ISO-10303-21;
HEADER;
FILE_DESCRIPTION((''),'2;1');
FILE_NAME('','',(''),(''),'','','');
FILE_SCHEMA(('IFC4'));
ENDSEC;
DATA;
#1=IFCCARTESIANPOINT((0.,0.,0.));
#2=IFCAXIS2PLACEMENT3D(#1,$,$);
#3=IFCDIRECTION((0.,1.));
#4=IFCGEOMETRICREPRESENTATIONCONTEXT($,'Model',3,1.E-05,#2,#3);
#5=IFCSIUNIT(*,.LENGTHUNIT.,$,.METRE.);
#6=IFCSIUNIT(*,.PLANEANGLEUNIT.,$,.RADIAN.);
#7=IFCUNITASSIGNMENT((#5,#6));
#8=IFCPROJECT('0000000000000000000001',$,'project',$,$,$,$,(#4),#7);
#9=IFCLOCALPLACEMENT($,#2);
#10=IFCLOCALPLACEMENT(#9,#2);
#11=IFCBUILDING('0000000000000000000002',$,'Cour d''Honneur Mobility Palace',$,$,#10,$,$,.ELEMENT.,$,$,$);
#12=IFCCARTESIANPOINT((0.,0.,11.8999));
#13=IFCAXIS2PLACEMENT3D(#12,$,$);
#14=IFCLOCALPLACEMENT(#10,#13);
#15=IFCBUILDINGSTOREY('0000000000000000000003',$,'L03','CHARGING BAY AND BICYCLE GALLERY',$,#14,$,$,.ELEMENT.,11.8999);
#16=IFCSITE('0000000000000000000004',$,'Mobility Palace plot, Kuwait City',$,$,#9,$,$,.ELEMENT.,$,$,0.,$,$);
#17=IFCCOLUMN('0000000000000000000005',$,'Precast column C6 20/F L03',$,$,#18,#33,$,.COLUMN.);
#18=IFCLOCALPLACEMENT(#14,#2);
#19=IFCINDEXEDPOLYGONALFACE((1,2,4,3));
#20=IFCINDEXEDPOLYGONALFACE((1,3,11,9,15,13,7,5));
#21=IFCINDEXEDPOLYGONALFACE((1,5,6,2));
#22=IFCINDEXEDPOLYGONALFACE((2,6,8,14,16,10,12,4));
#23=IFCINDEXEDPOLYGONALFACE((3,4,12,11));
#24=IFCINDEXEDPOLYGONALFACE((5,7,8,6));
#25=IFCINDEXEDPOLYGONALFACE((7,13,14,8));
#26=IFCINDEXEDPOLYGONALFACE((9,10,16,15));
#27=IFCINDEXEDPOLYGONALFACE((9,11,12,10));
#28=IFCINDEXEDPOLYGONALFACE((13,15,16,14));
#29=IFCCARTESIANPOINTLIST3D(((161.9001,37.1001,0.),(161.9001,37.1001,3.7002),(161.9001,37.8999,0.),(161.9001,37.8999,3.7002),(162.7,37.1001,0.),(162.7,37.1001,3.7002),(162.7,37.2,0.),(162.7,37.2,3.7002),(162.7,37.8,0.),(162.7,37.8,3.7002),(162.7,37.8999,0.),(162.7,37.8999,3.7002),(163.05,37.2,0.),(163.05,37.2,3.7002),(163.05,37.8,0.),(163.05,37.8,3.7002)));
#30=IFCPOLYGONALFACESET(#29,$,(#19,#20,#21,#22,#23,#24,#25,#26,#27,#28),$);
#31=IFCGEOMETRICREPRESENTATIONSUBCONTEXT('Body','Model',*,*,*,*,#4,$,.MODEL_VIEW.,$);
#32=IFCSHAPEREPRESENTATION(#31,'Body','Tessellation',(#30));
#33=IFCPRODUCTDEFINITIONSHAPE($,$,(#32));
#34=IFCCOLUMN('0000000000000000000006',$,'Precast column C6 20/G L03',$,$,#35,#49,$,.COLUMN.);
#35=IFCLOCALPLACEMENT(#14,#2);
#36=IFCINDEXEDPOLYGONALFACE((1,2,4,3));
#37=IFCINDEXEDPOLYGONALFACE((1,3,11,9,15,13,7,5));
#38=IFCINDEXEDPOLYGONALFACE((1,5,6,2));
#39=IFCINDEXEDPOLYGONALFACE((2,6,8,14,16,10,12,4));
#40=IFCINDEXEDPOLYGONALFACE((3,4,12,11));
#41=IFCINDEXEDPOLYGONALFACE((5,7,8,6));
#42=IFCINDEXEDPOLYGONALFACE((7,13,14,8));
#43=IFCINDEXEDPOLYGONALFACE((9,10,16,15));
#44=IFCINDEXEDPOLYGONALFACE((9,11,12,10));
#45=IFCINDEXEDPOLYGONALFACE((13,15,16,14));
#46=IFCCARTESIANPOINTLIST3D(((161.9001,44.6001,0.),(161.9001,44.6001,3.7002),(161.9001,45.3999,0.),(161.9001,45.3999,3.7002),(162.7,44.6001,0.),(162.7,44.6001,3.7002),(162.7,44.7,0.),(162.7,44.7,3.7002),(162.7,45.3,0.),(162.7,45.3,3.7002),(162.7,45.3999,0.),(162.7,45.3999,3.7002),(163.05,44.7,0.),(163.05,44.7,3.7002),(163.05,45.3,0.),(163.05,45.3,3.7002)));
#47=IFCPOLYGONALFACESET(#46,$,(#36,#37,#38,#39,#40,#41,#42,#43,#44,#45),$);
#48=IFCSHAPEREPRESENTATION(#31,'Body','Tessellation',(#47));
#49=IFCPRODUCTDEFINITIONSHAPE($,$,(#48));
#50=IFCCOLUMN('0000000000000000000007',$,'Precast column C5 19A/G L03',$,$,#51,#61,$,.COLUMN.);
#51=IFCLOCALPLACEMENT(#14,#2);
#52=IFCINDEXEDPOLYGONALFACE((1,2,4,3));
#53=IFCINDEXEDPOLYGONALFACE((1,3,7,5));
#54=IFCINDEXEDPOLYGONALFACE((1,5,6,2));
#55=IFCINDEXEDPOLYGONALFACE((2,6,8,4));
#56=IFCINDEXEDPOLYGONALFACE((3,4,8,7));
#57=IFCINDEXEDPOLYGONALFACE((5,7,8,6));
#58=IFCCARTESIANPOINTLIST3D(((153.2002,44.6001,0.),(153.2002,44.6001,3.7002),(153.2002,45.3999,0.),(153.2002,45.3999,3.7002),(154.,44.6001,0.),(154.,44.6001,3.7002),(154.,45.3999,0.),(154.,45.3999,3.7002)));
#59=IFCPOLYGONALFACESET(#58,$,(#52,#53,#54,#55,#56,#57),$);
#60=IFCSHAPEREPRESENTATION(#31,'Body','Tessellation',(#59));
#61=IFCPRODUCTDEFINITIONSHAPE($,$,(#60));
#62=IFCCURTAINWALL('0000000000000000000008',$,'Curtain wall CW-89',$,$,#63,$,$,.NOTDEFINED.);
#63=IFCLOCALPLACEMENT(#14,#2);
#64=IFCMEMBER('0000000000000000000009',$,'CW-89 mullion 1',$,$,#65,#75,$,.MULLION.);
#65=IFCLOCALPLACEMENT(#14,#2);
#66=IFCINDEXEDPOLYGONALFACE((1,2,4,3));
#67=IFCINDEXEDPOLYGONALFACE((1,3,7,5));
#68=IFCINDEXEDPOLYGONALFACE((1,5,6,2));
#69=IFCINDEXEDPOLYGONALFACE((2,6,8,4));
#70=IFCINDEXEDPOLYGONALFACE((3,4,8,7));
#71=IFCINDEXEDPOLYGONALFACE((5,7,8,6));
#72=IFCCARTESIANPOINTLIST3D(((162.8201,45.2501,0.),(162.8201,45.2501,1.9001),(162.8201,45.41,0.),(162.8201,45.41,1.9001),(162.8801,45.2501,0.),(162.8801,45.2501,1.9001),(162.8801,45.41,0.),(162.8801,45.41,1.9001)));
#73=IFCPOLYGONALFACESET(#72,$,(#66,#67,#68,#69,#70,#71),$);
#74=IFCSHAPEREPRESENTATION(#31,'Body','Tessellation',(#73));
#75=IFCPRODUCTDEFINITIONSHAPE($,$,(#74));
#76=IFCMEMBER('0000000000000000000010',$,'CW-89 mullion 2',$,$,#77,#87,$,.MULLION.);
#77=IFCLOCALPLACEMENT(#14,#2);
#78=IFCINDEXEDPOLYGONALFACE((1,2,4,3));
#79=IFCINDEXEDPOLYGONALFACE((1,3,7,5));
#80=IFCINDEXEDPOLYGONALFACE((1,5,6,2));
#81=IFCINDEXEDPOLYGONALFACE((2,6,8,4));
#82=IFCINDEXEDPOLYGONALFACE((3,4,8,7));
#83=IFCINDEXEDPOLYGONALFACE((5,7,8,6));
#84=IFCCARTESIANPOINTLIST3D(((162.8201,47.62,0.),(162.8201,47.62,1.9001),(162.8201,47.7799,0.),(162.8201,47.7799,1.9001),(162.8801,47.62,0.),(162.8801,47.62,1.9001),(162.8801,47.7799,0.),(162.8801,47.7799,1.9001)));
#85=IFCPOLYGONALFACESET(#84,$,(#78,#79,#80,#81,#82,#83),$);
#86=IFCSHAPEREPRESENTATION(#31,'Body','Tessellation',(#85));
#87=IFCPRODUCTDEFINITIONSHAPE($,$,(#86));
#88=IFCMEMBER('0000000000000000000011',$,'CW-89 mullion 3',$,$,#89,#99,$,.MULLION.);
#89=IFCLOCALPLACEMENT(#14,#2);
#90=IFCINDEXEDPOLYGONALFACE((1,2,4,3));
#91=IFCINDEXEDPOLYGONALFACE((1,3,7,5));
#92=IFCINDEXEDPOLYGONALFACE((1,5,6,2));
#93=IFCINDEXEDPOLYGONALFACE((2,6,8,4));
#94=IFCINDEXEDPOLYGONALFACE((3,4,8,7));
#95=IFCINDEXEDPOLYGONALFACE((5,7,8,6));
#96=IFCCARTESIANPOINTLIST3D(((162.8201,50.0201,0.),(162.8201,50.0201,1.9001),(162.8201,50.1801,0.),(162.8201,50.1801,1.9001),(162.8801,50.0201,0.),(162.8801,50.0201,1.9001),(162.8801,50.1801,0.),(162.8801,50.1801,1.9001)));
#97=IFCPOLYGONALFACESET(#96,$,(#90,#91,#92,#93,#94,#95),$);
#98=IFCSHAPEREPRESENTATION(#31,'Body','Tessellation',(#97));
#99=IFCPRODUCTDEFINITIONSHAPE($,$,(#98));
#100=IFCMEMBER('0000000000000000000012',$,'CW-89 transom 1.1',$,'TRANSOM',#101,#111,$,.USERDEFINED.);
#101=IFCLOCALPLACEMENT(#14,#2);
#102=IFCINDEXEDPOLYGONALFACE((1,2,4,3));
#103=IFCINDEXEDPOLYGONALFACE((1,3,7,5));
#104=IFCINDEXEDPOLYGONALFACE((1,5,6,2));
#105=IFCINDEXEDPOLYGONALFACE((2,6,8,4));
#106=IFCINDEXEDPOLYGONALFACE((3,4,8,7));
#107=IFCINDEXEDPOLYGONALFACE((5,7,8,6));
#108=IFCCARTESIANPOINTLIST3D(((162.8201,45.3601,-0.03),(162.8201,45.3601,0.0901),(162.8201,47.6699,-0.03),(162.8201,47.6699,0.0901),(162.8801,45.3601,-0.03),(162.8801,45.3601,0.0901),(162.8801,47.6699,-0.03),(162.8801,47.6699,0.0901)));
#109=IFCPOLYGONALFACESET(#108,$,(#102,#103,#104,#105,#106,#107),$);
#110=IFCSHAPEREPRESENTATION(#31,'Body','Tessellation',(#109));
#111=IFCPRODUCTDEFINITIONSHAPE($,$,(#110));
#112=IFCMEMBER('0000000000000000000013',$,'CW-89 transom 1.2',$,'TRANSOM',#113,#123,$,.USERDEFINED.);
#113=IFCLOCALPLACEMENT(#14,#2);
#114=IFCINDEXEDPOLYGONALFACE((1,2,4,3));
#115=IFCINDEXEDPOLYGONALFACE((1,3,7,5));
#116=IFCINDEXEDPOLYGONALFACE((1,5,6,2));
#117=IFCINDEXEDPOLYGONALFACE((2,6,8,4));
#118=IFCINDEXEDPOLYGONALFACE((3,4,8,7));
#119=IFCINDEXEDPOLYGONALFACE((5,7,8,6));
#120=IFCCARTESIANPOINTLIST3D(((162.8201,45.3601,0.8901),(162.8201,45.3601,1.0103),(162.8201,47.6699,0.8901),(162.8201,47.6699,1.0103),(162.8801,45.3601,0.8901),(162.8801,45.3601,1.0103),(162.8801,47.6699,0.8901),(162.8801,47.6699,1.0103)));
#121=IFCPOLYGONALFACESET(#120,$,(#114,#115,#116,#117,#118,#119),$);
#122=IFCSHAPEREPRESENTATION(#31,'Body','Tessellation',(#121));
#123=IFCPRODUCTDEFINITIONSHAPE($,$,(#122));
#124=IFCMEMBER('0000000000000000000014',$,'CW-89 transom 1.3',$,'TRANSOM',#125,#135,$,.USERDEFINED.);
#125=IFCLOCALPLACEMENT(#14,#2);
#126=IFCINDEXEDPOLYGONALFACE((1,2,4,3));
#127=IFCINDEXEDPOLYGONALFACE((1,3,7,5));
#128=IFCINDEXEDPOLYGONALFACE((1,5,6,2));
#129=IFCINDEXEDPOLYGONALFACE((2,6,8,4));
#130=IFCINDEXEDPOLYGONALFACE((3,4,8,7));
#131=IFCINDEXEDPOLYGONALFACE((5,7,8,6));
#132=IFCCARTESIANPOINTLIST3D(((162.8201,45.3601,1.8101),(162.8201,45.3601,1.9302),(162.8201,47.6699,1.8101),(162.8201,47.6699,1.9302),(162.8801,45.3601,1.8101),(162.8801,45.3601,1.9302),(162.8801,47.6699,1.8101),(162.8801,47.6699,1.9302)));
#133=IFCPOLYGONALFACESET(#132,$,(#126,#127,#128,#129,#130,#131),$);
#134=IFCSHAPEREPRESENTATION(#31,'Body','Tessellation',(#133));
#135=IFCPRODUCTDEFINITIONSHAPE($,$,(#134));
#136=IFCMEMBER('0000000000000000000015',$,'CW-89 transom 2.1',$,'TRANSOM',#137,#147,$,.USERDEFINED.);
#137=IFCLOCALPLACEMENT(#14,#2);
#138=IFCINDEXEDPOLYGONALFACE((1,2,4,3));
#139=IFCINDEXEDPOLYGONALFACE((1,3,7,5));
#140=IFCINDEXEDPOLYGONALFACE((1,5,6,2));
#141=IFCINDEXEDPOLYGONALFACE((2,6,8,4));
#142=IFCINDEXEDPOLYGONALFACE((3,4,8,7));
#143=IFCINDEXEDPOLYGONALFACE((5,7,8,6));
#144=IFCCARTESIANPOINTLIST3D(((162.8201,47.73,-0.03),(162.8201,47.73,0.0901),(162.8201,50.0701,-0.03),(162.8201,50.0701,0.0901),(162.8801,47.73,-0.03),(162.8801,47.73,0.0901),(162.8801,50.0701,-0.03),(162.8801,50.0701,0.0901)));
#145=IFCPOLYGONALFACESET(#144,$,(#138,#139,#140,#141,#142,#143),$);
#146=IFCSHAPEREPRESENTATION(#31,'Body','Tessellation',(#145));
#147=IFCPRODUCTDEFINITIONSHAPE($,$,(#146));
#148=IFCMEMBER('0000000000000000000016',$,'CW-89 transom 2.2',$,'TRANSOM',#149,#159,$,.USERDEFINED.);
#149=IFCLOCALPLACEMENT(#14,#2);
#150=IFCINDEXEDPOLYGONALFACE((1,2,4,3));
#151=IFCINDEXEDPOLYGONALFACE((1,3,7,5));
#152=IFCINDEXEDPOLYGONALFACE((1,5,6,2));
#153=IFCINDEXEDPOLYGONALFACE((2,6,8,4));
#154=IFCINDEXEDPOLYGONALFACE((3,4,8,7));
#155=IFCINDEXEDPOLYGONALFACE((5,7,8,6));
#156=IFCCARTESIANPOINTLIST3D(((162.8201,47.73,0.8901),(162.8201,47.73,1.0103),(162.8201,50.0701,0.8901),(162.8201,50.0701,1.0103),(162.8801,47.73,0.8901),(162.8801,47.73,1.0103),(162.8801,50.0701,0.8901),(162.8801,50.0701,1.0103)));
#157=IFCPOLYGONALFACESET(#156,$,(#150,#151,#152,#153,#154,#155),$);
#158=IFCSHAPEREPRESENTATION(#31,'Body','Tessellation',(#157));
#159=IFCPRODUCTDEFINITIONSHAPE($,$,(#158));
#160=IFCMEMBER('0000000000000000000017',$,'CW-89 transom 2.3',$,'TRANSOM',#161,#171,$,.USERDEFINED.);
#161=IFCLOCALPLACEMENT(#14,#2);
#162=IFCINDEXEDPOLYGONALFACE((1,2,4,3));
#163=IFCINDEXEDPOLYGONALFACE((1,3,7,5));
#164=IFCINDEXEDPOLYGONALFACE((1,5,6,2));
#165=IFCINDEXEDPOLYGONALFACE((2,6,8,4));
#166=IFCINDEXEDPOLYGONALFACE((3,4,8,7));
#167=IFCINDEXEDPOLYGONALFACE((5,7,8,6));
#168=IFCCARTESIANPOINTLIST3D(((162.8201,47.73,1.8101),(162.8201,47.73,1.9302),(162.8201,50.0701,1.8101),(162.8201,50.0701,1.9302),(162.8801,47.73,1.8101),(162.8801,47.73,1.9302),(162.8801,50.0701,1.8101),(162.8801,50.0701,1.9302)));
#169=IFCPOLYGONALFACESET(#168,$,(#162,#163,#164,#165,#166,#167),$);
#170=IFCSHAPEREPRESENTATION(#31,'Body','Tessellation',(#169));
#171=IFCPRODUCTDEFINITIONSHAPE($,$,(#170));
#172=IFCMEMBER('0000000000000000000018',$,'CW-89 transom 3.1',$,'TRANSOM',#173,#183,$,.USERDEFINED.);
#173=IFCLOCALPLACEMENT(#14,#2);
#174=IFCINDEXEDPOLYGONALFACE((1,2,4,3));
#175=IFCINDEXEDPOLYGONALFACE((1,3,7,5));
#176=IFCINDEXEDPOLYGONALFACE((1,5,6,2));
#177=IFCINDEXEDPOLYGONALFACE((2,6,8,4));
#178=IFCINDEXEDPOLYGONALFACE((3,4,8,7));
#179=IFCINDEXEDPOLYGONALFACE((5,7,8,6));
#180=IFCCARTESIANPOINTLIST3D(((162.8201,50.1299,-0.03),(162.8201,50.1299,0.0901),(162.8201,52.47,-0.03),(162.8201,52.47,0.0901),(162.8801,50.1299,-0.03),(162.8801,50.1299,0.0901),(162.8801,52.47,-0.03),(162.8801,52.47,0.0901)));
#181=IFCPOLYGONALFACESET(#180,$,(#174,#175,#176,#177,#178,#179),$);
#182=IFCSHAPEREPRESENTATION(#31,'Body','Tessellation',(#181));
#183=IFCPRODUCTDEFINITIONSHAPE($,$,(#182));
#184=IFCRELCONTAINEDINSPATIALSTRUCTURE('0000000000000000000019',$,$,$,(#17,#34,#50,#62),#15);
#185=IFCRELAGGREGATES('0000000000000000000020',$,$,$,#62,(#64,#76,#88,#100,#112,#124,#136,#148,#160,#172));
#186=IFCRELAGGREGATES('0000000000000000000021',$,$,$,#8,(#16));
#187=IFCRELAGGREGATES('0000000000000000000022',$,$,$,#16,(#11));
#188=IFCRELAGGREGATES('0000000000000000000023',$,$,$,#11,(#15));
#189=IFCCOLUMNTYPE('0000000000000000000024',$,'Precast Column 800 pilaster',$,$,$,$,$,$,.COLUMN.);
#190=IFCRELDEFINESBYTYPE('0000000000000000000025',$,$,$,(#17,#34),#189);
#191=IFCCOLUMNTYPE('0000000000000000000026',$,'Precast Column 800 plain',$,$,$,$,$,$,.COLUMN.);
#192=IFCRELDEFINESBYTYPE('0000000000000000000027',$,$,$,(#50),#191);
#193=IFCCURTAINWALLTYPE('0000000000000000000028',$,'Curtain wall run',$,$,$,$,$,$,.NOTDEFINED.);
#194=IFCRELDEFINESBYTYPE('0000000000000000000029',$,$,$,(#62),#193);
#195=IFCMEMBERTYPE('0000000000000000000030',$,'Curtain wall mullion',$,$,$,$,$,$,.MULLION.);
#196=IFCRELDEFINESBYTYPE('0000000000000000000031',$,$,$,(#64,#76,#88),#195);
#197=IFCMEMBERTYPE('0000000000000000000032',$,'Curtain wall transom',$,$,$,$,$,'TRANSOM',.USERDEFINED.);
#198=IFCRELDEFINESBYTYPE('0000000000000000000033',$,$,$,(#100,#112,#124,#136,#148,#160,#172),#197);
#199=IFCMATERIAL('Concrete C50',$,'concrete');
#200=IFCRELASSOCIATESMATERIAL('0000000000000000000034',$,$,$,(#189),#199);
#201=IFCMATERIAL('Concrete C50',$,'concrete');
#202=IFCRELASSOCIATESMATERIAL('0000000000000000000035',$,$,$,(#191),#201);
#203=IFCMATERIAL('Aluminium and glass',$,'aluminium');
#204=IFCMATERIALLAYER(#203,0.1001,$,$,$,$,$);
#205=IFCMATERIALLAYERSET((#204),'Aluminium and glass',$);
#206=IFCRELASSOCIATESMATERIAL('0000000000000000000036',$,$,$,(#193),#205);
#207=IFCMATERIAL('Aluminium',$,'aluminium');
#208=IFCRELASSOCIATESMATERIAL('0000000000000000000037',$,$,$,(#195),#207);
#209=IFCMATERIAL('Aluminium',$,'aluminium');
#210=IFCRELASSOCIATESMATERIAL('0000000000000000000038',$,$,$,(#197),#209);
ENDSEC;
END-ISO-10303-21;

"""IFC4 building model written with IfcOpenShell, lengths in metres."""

from ifc_helpers import new_model, si_unit, direction, frame, origin, origin_2d, place, context, subcontext, project, spatial, polyline, rectangle, outline, extrude, material, layer, layer_set, material_profile, profile_set, type_object, element, aggregate, save


model = new_model("IFC4")

# Units and contexts
model_context = context("Model", 3, precision=1e-05, world=origin(), true_north=direction((0.0, 1.0)))
body_context = subcontext(model_context, "Body", "Model", "MODEL_VIEW")
ifc_project = project(units=[si_unit("LENGTHUNIT", "METRE"), si_unit("PLANEANGLEUNIT", "RADIAN")], contexts=[model_context])

# Site, building, storey
site_placement = place(None, origin())
site = spatial("IfcSite", under=ifc_project, at=site_placement, Name="Mobility Palace plot, Kuwait City", CompositionType="ELEMENT", RefElevation=0.0)
building_placement = place(site_placement, origin())
building = spatial("IfcBuilding", under=site, at=building_placement, Name="Cour d'Honneur Mobility Palace", CompositionType="ELEMENT")
storey_placement = place(building_placement, frame((0.0, 0.0, 11.8999)))
storey = spatial("IfcBuildingStorey", under=building, at=storey_placement, Name="L03", Description="CHARGING BAY AND BICYCLE GALLERY", CompositionType="ELEMENT", Elevation=11.8999)

# Columns
ifc_material_1 = material(Name="Concrete C50", Category="concrete")
ifc_material_profile_1 = material_profile(ifc_material_1, outline(polyline([(-0.3999, -0.3999), (0.3999, -0.3999), (0.3999, -0.3), (0.75, -0.3), (0.75, 0.3), (0.3999, 0.3), (0.3999, 0.3999), (-0.3999, 0.3999), (-0.3999, -0.3999)])), Name="PC C800 pilaster")
ifc_profile_set_1 = profile_set([ifc_material_profile_1], Name="Concrete C50")
column_type_1 = type_object("IfcColumnType", Name="Precast Column 800 pilaster", PredefinedType="COLUMN", material=ifc_profile_set_1)
for number, where, z_axis, x_axis, name in (
    (1, (162.3, 37.5, 0.0), (0.0, 0.0, 1.0), (1.0, 0.0, 0.0), "Precast column C6 20/F L03"),
    (2, (162.3, 45.0, 0.0), (0.0, 0.0, 1.0), (1.0, 0.0, 0.0), "Precast column C6 20/G L03"),
):
    element("IfcColumn", number, at=place(storey_placement, frame(where, z_axis=z_axis, x_axis=x_axis)), inside=storey, type_object=column_type_1, Name=name, PredefinedType="COLUMN", context=body_context, shape_type="SweptSolid", body=[
        extrude(outline(polyline([(-0.3999, -0.3999), (0.3999, -0.3999), (0.3999, -0.3), (0.75, -0.3), (0.75, 0.3), (0.3999, 0.3), (0.3999, 0.3999), (-0.3999, 0.3999), (-0.3999, -0.3999)])), origin(), (0.0, 0.0, 1.0), 3.7002),
    ])
ifc_material_2 = material(Name="Concrete C50", Category="concrete")
ifc_material_profile_2 = material_profile(ifc_material_2, outline(polyline([(-0.3999, -0.3999), (0.3999, -0.3999), (0.3999, 0.3999), (-0.3999, 0.3999), (-0.3999, -0.3999)])), Name="PC C800 plain")
ifc_profile_set_2 = profile_set([ifc_material_profile_2], Name="Concrete C50")
column_type_2 = type_object("IfcColumnType", Name="Precast Column 800 plain", PredefinedType="COLUMN", material=ifc_profile_set_2)
column_placement = place(storey_placement, frame((153.6001, 45.0, 0.0), z_axis=(0.0, 0.0, 1.0), x_axis=(1.0, 0.0, 0.0)))
element("IfcColumn", 3, at=column_placement, inside=storey, type_object=column_type_2, Name="Precast column C5 19A/G L03", PredefinedType="COLUMN", context=body_context, shape_type="SweptSolid", body=[
    extrude(outline(polyline([(-0.3999, -0.3999), (0.3999, -0.3999), (0.3999, 0.3999), (-0.3999, 0.3999), (-0.3999, -0.3999)])), origin(), (0.0, 0.0, 1.0), 3.7002),
])

# Curtain wall, members
ifc_material_3 = material(Name="Aluminium and glass", Category="aluminium")
ifc_layer_1 = layer(ifc_material_3, 0.1001)
ifc_layer_set_1 = layer_set([ifc_layer_1], Name="Aluminium and glass")
curtain_wall_type = type_object("IfcCurtainWallType", Name="Curtain wall run", PredefinedType="NOTDEFINED", material=ifc_layer_set_1)
curtain_wall_placement = place(storey_placement, origin())
curtain_wall = element("IfcCurtainWall", 4, at=curtain_wall_placement, inside=storey, type_object=curtain_wall_type, Name="Curtain wall CW-89", PredefinedType="NOTDEFINED")
ifc_material_4 = material(Name="Aluminium", Category="aluminium")
ifc_material_profile_3 = material_profile(ifc_material_4, rectangle(XDim=0.0601, YDim=0.1599, at=origin_2d()), Name="Curtain wall mullion")
ifc_profile_set_3 = profile_set([ifc_material_profile_3], Name="Aluminium")
member_type_1 = type_object("IfcMemberType", Name="Curtain wall mullion", PredefinedType="MULLION", material=ifc_profile_set_3)
member_1_placement = place(storey_placement, frame((162.8501, 45.3301, 0.0), z_axis=(0.0, 0.0, 1.0), x_axis=(-1.0, 0.0, 0.0)))
member_1 = element("IfcMember", 5, at=member_1_placement, type_object=member_type_1, Name="CW-89 mullion 1", PredefinedType="MULLION", context=body_context, shape_type="SweptSolid", body=[
    extrude(rectangle(XDim=0.0601, YDim=0.1599, at=origin_2d()), origin(), (0.0, 0.0, 1.0), 1.9001),
])
member_2_placement = place(storey_placement, frame((162.8501, 47.7, 0.0), z_axis=(0.0, 0.0, 1.0), x_axis=(-1.0, 0.0, 0.0)))
member_2 = element("IfcMember", 6, at=member_2_placement, type_object=member_type_1, Name="CW-89 mullion 2", PredefinedType="MULLION", context=body_context, shape_type="SweptSolid", body=[
    extrude(rectangle(XDim=0.0601, YDim=0.1599, at=origin_2d()), origin(), (0.0, 0.0, 1.0), 1.9001),
])
member_3_placement = place(storey_placement, frame((162.8501, 50.1001, 0.0), z_axis=(0.0, 0.0, 1.0), x_axis=(-1.0, 0.0, 0.0)))
member_3 = element("IfcMember", 7, at=member_3_placement, type_object=member_type_1, Name="CW-89 mullion 3", PredefinedType="MULLION", context=body_context, shape_type="SweptSolid", body=[
    extrude(rectangle(XDim=0.0601, YDim=0.1599, at=origin_2d()), origin(), (0.0, 0.0, 1.0), 1.9001),
])
ifc_material_5 = material(Name="Aluminium", Category="aluminium")
ifc_material_profile_4 = material_profile(ifc_material_5, rectangle(XDim=0.0601, YDim=0.1201, at=origin_2d()), Name="Curtain wall transom")
ifc_profile_set_4 = profile_set([ifc_material_profile_4], Name="Aluminium")
member_type_2 = type_object("IfcMemberType", Name="Curtain wall transom", ElementType="TRANSOM", PredefinedType="USERDEFINED", material=ifc_profile_set_4)
member_4_placement = place(storey_placement, frame((162.8501, 45.3601, 0.03), z_axis=(0.0, 1.0, 0.0), x_axis=(-1.0, 0.0, 0.0)))
member_4 = element("IfcMember", 8, at=member_4_placement, type_object=member_type_2, Name="CW-89 transom 1.1", ObjectType="TRANSOM", PredefinedType="USERDEFINED", context=body_context, shape_type="SweptSolid", body=[
    extrude(rectangle(XDim=0.0601, YDim=0.1201, at=origin_2d()), origin(), (0.0, 0.0, 1.0), 2.3098),
])
member_5_placement = place(storey_placement, frame((162.8501, 45.3601, 0.9502), z_axis=(0.0, 1.0, 0.0), x_axis=(-1.0, 0.0, 0.0)))
member_5 = element("IfcMember", 9, at=member_5_placement, type_object=member_type_2, Name="CW-89 transom 1.2", ObjectType="TRANSOM", PredefinedType="USERDEFINED", context=body_context, shape_type="SweptSolid", body=[
    extrude(rectangle(XDim=0.0601, YDim=0.1201, at=origin_2d()), origin(), (0.0, 0.0, 1.0), 2.3098),
])
member_6_placement = place(storey_placement, frame((162.8501, 45.3601, 1.8701), z_axis=(0.0, 1.0, 0.0), x_axis=(-1.0, 0.0, 0.0)))
member_6 = element("IfcMember", 10, at=member_6_placement, type_object=member_type_2, Name="CW-89 transom 1.3", ObjectType="TRANSOM", PredefinedType="USERDEFINED", context=body_context, shape_type="SweptSolid", body=[
    extrude(rectangle(XDim=0.0601, YDim=0.1201, at=origin_2d()), origin(), (0.0, 0.0, 1.0), 2.3098),
])
member_7_placement = place(storey_placement, frame((162.8501, 47.73, 0.03), z_axis=(0.0, 1.0, 0.0), x_axis=(-1.0, 0.0, 0.0)))
member_7 = element("IfcMember", 11, at=member_7_placement, type_object=member_type_2, Name="CW-89 transom 2.1", ObjectType="TRANSOM", PredefinedType="USERDEFINED", context=body_context, shape_type="SweptSolid", body=[
    extrude(rectangle(XDim=0.0601, YDim=0.1201, at=origin_2d()), origin(), (0.0, 0.0, 1.0), 2.3401),
])
member_8_placement = place(storey_placement, frame((162.8501, 47.73, 0.9502), z_axis=(0.0, 1.0, 0.0), x_axis=(-1.0, 0.0, 0.0)))
member_8 = element("IfcMember", 12, at=member_8_placement, type_object=member_type_2, Name="CW-89 transom 2.2", ObjectType="TRANSOM", PredefinedType="USERDEFINED", context=body_context, shape_type="SweptSolid", body=[
    extrude(rectangle(XDim=0.0601, YDim=0.1201, at=origin_2d()), origin(), (0.0, 0.0, 1.0), 2.3401),
])
member_9_placement = place(storey_placement, frame((162.8501, 47.73, 1.8701), z_axis=(0.0, 1.0, 0.0), x_axis=(-1.0, 0.0, 0.0)))
member_9 = element("IfcMember", 13, at=member_9_placement, type_object=member_type_2, Name="CW-89 transom 2.3", ObjectType="TRANSOM", PredefinedType="USERDEFINED", context=body_context, shape_type="SweptSolid", body=[
    extrude(rectangle(XDim=0.0601, YDim=0.1201, at=origin_2d()), origin(), (0.0, 0.0, 1.0), 2.3401),
])
member_10_placement = place(storey_placement, frame((162.8501, 50.1299, 0.03), z_axis=(0.0, 1.0, 0.0), x_axis=(-1.0, 0.0, 0.0)))
member_10 = element("IfcMember", 14, at=member_10_placement, type_object=member_type_2, Name="CW-89 transom 3.1", ObjectType="TRANSOM", PredefinedType="USERDEFINED", context=body_context, shape_type="SweptSolid", body=[
    extrude(rectangle(XDim=0.0601, YDim=0.1201, at=origin_2d()), origin(), (0.0, 0.0, 1.0), 2.3401),
])

aggregate(curtain_wall, [member_1, member_2, member_3, member_4, member_5, member_6, member_7, member_8, member_9, member_10])

save(model, "model.ifc")
